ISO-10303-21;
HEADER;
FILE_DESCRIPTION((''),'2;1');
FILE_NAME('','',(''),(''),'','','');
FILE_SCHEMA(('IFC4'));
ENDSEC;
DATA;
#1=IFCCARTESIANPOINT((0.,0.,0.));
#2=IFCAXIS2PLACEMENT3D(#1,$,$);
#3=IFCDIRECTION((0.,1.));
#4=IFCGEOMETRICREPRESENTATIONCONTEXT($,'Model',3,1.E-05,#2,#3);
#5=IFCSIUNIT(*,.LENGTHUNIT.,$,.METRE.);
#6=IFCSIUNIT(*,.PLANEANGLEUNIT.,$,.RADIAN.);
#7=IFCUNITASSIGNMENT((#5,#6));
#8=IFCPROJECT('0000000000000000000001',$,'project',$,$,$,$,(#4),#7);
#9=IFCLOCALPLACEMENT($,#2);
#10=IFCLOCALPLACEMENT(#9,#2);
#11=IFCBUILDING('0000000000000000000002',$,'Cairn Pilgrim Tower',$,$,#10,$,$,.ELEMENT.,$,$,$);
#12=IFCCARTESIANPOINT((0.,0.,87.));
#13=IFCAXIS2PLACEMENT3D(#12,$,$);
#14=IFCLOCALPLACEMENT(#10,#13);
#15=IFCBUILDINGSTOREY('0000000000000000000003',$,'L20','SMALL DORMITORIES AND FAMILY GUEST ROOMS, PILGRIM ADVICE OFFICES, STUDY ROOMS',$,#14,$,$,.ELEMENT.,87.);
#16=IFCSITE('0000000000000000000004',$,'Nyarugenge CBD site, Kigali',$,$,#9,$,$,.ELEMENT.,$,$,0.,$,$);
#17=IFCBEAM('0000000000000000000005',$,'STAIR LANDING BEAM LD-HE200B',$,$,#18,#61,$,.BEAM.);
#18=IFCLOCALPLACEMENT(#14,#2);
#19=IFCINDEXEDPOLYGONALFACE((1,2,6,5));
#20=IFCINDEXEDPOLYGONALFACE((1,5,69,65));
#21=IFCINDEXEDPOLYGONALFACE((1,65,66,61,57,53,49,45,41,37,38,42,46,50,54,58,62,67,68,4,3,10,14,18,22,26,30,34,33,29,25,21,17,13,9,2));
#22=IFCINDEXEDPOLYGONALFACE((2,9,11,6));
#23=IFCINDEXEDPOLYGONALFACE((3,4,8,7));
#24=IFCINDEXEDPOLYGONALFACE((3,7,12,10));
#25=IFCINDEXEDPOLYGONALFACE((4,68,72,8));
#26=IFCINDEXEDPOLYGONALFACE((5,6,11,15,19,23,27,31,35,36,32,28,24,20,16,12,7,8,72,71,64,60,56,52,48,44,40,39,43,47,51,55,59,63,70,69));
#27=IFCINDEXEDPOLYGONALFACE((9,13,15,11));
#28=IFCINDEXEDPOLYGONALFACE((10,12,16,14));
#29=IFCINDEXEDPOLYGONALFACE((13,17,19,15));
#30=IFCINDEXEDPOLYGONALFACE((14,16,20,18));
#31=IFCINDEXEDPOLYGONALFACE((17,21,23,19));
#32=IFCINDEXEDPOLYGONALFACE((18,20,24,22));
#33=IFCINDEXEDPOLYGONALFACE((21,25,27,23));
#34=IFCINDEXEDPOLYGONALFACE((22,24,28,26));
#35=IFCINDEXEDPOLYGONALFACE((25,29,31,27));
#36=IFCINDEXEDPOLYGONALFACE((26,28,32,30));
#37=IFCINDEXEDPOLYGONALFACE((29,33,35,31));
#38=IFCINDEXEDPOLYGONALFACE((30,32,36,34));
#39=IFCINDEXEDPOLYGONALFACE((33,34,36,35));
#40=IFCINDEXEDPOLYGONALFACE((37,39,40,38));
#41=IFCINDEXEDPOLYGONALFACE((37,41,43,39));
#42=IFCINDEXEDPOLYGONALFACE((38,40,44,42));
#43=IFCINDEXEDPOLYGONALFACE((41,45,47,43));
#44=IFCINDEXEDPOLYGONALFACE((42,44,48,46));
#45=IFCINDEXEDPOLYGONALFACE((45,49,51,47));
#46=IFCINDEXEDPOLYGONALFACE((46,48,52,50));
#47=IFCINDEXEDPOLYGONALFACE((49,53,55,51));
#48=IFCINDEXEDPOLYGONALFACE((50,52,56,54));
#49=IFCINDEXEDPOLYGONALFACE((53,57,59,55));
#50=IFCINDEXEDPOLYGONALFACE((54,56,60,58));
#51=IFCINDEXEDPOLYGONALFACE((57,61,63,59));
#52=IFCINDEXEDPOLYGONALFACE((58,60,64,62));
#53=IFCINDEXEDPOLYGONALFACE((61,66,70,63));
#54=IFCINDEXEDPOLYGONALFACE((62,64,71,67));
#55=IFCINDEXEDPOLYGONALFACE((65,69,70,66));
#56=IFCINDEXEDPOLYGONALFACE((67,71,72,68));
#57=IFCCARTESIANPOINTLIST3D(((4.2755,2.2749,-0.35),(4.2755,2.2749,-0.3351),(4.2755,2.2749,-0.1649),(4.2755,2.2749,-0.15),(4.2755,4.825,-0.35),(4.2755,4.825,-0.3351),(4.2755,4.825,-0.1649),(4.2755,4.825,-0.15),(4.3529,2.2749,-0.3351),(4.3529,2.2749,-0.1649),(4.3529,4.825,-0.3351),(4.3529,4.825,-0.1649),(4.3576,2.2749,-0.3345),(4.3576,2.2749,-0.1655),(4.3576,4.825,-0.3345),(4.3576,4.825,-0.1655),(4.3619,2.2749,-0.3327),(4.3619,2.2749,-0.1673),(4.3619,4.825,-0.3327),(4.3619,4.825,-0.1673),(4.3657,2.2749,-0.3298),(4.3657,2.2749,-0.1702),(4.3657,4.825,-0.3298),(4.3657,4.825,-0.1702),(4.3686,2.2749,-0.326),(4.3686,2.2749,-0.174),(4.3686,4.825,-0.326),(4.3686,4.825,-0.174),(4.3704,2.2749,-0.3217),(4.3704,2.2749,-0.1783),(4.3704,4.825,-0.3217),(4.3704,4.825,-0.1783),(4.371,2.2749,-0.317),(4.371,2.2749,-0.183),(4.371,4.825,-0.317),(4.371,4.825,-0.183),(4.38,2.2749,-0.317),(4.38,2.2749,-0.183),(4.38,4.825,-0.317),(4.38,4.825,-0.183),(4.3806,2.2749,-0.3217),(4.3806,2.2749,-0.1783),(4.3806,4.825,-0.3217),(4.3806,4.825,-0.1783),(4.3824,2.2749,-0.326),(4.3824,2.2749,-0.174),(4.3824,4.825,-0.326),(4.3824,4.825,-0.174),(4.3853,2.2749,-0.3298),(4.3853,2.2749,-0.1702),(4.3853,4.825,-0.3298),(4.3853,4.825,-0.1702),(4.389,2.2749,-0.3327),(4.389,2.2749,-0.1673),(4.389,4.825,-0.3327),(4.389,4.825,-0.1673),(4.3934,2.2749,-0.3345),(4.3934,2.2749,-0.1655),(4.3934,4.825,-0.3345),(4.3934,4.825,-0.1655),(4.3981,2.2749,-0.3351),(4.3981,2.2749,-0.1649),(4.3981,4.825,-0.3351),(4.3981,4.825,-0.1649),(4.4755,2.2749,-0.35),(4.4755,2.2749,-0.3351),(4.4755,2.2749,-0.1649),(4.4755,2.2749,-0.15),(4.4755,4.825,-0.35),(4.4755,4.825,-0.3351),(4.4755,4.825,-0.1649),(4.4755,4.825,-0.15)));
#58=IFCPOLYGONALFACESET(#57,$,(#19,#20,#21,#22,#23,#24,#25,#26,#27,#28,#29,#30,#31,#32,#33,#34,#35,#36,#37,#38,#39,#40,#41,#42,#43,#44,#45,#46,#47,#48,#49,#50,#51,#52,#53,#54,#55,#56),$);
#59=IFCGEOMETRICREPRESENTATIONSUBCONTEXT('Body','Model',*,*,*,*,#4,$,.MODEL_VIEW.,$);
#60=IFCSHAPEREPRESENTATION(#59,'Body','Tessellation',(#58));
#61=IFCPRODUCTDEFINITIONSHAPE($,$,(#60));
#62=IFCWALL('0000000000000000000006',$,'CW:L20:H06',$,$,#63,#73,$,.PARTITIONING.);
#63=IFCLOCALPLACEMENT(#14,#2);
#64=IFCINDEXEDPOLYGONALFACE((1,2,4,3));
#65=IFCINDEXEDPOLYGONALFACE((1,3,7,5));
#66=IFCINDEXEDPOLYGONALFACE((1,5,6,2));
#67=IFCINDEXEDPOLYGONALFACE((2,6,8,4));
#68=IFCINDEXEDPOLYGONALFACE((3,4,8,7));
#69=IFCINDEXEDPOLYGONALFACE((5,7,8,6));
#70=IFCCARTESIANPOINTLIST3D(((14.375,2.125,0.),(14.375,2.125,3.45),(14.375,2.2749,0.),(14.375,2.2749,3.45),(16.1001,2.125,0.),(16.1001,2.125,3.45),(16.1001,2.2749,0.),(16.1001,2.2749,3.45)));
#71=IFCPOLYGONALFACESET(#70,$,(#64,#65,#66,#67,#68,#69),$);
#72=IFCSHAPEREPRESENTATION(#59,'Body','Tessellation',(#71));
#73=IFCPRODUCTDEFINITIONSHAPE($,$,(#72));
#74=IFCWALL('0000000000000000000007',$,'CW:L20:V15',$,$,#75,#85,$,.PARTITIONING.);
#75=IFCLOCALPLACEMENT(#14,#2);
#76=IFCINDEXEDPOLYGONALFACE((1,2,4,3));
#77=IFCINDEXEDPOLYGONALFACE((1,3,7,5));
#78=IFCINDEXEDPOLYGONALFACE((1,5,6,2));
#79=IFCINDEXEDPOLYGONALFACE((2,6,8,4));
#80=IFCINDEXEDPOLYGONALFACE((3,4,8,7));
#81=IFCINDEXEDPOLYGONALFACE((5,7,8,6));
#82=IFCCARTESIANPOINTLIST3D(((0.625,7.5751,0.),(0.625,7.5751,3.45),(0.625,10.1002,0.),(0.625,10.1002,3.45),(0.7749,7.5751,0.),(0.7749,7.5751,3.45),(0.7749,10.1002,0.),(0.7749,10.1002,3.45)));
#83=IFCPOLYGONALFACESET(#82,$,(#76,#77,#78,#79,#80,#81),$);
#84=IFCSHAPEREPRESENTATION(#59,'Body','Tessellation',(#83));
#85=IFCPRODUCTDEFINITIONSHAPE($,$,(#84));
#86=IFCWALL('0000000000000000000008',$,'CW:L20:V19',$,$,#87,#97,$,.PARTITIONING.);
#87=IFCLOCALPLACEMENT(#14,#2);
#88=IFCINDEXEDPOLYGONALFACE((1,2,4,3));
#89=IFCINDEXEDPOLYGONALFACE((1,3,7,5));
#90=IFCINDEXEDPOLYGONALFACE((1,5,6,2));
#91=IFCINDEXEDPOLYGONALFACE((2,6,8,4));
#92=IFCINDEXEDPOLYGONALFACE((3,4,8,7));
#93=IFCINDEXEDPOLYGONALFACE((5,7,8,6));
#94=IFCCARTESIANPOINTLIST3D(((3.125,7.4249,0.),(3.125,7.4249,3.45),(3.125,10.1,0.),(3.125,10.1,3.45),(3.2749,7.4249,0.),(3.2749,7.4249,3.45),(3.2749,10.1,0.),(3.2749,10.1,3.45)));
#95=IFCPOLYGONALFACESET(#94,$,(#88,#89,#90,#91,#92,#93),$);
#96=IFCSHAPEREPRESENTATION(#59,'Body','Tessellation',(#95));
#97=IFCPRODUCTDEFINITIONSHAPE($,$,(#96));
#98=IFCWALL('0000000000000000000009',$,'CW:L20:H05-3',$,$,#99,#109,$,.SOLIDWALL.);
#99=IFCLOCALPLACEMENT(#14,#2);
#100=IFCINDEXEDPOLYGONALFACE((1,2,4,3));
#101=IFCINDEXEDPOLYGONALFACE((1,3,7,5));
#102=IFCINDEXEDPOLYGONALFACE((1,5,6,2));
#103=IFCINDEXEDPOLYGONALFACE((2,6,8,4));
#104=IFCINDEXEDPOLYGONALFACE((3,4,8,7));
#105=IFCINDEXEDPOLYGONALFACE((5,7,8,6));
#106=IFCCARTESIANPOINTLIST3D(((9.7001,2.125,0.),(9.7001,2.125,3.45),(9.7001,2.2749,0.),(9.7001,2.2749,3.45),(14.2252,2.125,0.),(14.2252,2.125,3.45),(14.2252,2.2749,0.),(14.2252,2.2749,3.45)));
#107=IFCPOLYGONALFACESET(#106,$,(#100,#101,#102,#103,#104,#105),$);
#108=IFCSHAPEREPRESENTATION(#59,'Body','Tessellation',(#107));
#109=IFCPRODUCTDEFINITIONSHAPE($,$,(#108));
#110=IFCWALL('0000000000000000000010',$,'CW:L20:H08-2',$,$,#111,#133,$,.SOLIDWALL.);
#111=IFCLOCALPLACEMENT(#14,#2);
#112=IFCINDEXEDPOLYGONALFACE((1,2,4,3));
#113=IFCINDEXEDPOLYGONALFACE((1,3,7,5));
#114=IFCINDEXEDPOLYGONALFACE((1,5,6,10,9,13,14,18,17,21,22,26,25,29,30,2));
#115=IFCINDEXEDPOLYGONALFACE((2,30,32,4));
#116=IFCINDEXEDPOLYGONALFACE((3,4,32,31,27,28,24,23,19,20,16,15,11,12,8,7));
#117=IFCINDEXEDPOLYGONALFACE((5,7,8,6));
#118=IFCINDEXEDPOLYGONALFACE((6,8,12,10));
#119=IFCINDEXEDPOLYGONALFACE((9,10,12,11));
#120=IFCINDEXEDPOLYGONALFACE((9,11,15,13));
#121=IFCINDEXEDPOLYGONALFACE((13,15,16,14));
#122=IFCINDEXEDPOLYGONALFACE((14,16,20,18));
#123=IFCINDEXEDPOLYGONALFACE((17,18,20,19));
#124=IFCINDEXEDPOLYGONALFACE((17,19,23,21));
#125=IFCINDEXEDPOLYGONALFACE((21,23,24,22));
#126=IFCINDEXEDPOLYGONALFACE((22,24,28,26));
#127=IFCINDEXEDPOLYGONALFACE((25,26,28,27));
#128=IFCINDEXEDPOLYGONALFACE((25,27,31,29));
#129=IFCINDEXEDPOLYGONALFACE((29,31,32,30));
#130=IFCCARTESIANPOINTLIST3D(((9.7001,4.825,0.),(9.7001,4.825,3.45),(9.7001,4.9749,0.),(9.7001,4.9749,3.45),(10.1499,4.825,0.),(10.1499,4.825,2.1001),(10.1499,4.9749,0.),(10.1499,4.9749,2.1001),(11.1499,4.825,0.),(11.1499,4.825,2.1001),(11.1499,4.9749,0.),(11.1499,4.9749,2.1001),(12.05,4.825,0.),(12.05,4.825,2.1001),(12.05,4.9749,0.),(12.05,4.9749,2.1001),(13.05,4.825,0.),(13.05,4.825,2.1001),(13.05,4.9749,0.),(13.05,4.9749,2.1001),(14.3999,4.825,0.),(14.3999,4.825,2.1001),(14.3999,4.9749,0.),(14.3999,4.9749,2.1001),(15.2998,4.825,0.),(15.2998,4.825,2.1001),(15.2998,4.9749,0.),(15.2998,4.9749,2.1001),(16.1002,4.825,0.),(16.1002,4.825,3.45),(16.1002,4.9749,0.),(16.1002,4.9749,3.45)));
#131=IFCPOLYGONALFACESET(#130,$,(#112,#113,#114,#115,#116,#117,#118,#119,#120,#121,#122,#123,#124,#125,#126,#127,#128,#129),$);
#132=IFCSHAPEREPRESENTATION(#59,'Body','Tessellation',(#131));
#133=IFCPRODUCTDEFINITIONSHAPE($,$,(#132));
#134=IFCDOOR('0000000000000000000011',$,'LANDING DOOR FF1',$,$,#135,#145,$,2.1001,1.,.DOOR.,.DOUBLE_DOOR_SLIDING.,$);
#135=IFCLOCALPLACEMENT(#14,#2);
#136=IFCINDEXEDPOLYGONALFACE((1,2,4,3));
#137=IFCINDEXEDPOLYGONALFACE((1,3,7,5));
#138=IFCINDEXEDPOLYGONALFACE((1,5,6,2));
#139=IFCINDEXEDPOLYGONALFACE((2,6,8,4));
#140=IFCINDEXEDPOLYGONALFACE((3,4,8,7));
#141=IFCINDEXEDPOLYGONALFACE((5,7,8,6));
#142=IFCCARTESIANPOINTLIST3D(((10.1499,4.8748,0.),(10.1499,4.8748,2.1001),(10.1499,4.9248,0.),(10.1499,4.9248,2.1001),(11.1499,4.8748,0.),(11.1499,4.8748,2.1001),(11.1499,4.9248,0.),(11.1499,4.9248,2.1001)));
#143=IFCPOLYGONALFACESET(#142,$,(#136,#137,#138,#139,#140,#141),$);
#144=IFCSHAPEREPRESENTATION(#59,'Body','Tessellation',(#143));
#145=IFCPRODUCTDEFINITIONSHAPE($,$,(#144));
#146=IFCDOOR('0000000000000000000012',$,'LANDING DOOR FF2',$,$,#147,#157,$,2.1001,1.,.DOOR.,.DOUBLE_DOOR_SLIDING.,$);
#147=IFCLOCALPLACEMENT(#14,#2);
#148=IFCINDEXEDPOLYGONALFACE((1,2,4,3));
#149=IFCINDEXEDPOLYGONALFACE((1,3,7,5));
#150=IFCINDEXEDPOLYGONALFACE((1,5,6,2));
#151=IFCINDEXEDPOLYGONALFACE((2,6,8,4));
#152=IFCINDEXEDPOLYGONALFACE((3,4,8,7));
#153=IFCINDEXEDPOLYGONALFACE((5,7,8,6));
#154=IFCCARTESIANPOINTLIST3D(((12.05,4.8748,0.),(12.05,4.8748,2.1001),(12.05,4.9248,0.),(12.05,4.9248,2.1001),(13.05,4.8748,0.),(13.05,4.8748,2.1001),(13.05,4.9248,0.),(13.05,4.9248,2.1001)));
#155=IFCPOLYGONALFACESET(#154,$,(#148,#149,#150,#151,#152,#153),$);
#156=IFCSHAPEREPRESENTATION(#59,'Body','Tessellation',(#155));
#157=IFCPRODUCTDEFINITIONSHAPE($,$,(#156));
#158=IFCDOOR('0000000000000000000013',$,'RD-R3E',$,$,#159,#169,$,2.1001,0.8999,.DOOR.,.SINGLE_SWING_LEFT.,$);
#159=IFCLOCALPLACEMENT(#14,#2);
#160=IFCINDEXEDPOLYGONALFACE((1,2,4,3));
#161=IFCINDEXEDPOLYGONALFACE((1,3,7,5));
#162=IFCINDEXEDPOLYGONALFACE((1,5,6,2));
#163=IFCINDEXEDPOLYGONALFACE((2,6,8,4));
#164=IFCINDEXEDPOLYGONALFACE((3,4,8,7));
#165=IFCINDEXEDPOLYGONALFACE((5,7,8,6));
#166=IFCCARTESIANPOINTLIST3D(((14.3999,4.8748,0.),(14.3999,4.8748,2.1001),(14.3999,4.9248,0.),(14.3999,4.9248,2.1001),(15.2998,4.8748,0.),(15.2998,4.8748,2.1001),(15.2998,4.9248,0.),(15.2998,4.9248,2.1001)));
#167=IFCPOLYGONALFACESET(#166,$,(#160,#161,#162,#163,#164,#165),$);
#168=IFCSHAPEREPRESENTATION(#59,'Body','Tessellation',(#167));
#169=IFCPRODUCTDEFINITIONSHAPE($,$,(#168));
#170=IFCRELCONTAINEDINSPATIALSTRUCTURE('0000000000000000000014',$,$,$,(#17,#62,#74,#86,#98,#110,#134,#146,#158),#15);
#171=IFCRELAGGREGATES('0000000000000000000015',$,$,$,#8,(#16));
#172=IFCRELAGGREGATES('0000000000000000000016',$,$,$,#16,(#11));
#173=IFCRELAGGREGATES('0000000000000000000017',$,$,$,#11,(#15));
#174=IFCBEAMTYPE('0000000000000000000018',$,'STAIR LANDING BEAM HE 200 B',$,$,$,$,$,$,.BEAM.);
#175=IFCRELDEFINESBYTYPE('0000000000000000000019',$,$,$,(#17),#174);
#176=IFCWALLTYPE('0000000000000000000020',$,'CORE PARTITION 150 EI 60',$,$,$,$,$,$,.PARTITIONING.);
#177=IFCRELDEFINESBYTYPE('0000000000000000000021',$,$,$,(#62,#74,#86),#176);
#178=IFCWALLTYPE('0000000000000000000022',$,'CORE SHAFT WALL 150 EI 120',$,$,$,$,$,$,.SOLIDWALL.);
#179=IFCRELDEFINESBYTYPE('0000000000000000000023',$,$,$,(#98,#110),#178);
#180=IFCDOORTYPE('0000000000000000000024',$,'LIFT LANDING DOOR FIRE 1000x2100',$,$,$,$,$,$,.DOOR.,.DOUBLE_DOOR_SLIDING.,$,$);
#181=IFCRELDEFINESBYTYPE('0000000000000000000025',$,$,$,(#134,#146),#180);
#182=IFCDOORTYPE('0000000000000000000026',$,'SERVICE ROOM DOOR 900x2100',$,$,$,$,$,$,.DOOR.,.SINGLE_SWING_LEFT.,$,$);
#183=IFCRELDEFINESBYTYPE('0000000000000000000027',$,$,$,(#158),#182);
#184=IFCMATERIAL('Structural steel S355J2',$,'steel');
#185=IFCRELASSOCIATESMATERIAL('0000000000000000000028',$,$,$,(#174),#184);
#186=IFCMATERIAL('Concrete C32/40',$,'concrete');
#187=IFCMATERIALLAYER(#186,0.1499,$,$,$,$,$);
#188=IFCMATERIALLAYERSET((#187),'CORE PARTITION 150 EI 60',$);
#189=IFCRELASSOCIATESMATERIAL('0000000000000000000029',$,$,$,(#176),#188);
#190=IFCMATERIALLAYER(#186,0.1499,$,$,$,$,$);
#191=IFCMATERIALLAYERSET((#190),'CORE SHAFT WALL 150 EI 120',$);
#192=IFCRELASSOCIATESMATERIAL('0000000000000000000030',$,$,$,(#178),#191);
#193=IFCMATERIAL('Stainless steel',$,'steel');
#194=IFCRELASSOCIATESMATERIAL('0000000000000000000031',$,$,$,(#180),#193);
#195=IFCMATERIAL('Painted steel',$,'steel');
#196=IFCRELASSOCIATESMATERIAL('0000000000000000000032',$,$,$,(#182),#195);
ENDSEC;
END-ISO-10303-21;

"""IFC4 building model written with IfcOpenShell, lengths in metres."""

from ifc_helpers import new_model, si_unit, direction, frame, frame_2d, origin, origin_2d, place, context, subcontext, project, spatial, rectangle, i_section, extrude, material, layer, layer_set, material_profile, profile_set, type_object, element, fill, save


model = new_model("IFC4")

# Units and contexts
model_context = context("Model", 3, precision=1e-05, world=origin(), true_north=direction((0.0, 1.0)))
body_context = subcontext(model_context, "Body", "Model", "MODEL_VIEW")
ifc_project = project(units=[si_unit("LENGTHUNIT", "METRE"), si_unit("PLANEANGLEUNIT", "RADIAN")], contexts=[model_context])

# Site, building, storey
site_placement = place(None, origin())
site = spatial("IfcSite", under=ifc_project, at=site_placement, Name="Nyarugenge CBD site, Kigali", CompositionType="ELEMENT", RefElevation=0.0)
building_placement = place(site_placement, origin())
building = spatial("IfcBuilding", under=site, at=building_placement, Name="Cairn Pilgrim Tower", CompositionType="ELEMENT")
storey_placement = place(building_placement, frame((0.0, 0.0, 87.0)))
storey = spatial("IfcBuildingStorey", under=building, at=storey_placement, Name="L20", Description="SMALL DORMITORIES AND FAMILY GUEST ROOMS, PILGRIM ADVICE OFFICES, STUDY ROOMS", CompositionType="ELEMENT", Elevation=87.0)

# Beam
ifc_material_1 = material(Name="Structural steel S355J2", Category="steel")
ifc_material_profile = material_profile(ifc_material_1, i_section(OverallWidth=0.2, OverallDepth=0.2, WebThickness=0.009, FlangeThickness=0.0149, FilletRadius=0.0181, at=origin_2d()), Name="HE 200 B")
ifc_profile_set = profile_set([ifc_material_profile], Name="Structural steel S355J2")
beam_type = type_object("IfcBeamType", Name="STAIR LANDING BEAM HE 200 B", PredefinedType="BEAM", material=ifc_profile_set)
beam_placement = place(storey_placement, frame((4.3755, 2.2749, -0.25), z_axis=(0.0, 1.0, 0.0), x_axis=(-1.0, 0.0, 0.0)))
element("IfcBeam", 1, at=beam_placement, inside=storey, type_object=beam_type, Name="STAIR LANDING BEAM LD-HE200B", PredefinedType="BEAM", context=body_context, shape_type="SweptSolid", body=[
    extrude(i_section(OverallWidth=0.2, OverallDepth=0.2, WebThickness=0.009, FlangeThickness=0.0149, FilletRadius=0.0181, at=origin_2d()), origin(), (0.0, 0.0, 1.0), 2.55),
])

# Walls
ifc_material_2 = material(Name="Concrete C32/40", Category="concrete")
ifc_layer_1 = layer(ifc_material_2, 0.1499)
ifc_layer_set_1 = layer_set([ifc_layer_1], Name="CORE PARTITION 150 EI 60")
wall_type_1 = type_object("IfcWallType", Name="CORE PARTITION 150 EI 60", PredefinedType="PARTITIONING", material=ifc_layer_set_1)
wall_1_placement = place(storey_placement, frame((14.375, 2.2, 0.0), z_axis=(0.0, 0.0, 1.0), x_axis=(1.0, 0.0, 0.0)))
element("IfcWall", 2, at=wall_1_placement, inside=storey, type_object=wall_type_1, Name="CW:L20:H06", PredefinedType="PARTITIONING", context=body_context, shape_type="SweptSolid", body=[
    extrude(rectangle(XDim=1.7251, YDim=0.1499, at=frame_2d((0.8625, 0.0))), origin(), (0.0, 0.0, 1.0), 3.45),
])
wall_2_placement = place(storey_placement, frame((0.7, 7.575, 0.0), z_axis=(0.0, 0.0, 1.0), x_axis=(0.0, 1.0, 0.0)))
element("IfcWall", 3, at=wall_2_placement, inside=storey, type_object=wall_type_1, Name="CW:L20:V15", PredefinedType="PARTITIONING", context=body_context, shape_type="SweptSolid", body=[
    extrude(rectangle(XDim=2.5251, YDim=0.1499, at=frame_2d((1.2627, 0.0))), origin(), (0.0, 0.0, 1.0), 3.45),
])
wall_3_placement = place(storey_placement, frame((3.2, 7.425, 0.0), z_axis=(0.0, 0.0, 1.0), x_axis=(0.0, 1.0, 0.0)))
element("IfcWall", 4, at=wall_3_placement, inside=storey, type_object=wall_type_1, Name="CW:L20:V19", PredefinedType="PARTITIONING", context=body_context, shape_type="SweptSolid", body=[
    extrude(rectangle(XDim=2.675, YDim=0.1499, at=frame_2d((1.3374, 0.0))), origin(), (0.0, 0.0, 1.0), 3.45),
])
ifc_layer_2 = layer(ifc_material_2, 0.1499)
ifc_layer_set_2 = layer_set([ifc_layer_2], Name="CORE SHAFT WALL 150 EI 120")
wall_type_2 = type_object("IfcWallType", Name="CORE SHAFT WALL 150 EI 120", PredefinedType="SOLIDWALL", material=ifc_layer_set_2)
wall_4_placement = place(storey_placement, frame((9.7, 2.2, 0.0), z_axis=(0.0, 0.0, 1.0), x_axis=(1.0, 0.0, 0.0)))
element("IfcWall", 5, at=wall_4_placement, inside=storey, type_object=wall_type_2, Name="CW:L20:H05-3", PredefinedType="SOLIDWALL", context=body_context, shape_type="SweptSolid", body=[
    extrude(rectangle(XDim=4.5251, YDim=0.1499, at=frame_2d((2.2627, 0.0))), origin(), (0.0, 0.0, 1.0), 3.45),
])

# Wall, openings, doors
wall_5_placement = place(storey_placement, frame((9.7, 4.8999, 0.0), z_axis=(0.0, 0.0, 1.0), x_axis=(1.0, 0.0, 0.0)))
wall_5 = element("IfcWall", 6, at=wall_5_placement, inside=storey, type_object=wall_type_2, Name="CW:L20:H08-2", PredefinedType="SOLIDWALL", context=body_context, shape_type="SweptSolid", body=[
    extrude(rectangle(XDim=6.4001, YDim=0.1499, at=frame_2d((3.2002, 0.0))), origin(), (0.0, 0.0, 1.0), 3.45),
])
opening_1_placement = place(wall_5_placement, frame((0.45, 0.0, 0.0)))
opening_1 = element("IfcOpeningElement", 7, at=opening_1_placement, cuts=wall_5, PredefinedType="OPENING", context=body_context, shape_type="SweptSolid", body=[
    extrude(rectangle(XDim=1.0, YDim=2.1001, at=frame_2d((0.5, 1.05))), frame((0.0, 0.085, 0.0), z_axis=(0.0, -1.0, 0.0), x_axis=(1.0, 0.0, 0.0)), (0.0, 0.0, 1.0), 0.1699),
])
opening_2_placement = place(wall_5_placement, frame((2.3501, 0.0, 0.0)))
opening_2 = element("IfcOpeningElement", 8, at=opening_2_placement, cuts=wall_5, PredefinedType="OPENING", context=body_context, shape_type="SweptSolid", body=[
    extrude(rectangle(XDim=1.0, YDim=2.1001, at=frame_2d((0.5, 1.05))), frame((0.0, 0.085, 0.0), z_axis=(0.0, -1.0, 0.0), x_axis=(1.0, 0.0, 0.0)), (0.0, 0.0, 1.0), 0.1699),
])
opening_3_placement = place(wall_5_placement, frame((4.7, 0.0, 0.0)))
opening_3 = element("IfcOpeningElement", 9, at=opening_3_placement, cuts=wall_5, PredefinedType="OPENING", context=body_context, shape_type="SweptSolid", body=[
    extrude(rectangle(XDim=0.8999, YDim=2.1001, at=frame_2d((0.45, 1.05))), frame((0.0, 0.085, 0.0), z_axis=(0.0, -1.0, 0.0), x_axis=(1.0, 0.0, 0.0)), (0.0, 0.0, 1.0), 0.1699),
])
ifc_material_3 = material(Name="Stainless steel", Category="steel")
door_type_1 = type_object("IfcDoorType", Name="LIFT LANDING DOOR FIRE 1000x2100", OperationType="DOUBLE_DOOR_SLIDING", PredefinedType="DOOR", material=ifc_material_3)
door_1_placement = place(opening_1_placement, origin())
door_1 = element("IfcDoor", 10, at=door_1_placement, inside=storey, type_object=door_type_1, Name="LANDING DOOR FF1", OperationType="DOUBLE_DOOR_SLIDING", OverallHeight=2.1001, OverallWidth=1.0, PredefinedType="DOOR", context=body_context, shape_type="SweptSolid", body=[
    extrude(rectangle(XDim=1.0, YDim=2.1001, at=frame_2d((0.5, 1.05))), frame((0.0, 0.0249, 0.0), z_axis=(0.0, -1.0, 0.0), x_axis=(1.0, 0.0, 0.0)), (0.0, 0.0, 1.0), 0.05),
])
fill(opening_1, door_1)
door_2_placement = place(opening_2_placement, origin())
door_2 = element("IfcDoor", 11, at=door_2_placement, inside=storey, type_object=door_type_1, Name="LANDING DOOR FF2", OperationType="DOUBLE_DOOR_SLIDING", OverallHeight=2.1001, OverallWidth=1.0, PredefinedType="DOOR", context=body_context, shape_type="SweptSolid", body=[
    extrude(rectangle(XDim=1.0, YDim=2.1001, at=frame_2d((0.5, 1.05))), frame((0.0, 0.0249, 0.0), z_axis=(0.0, -1.0, 0.0), x_axis=(1.0, 0.0, 0.0)), (0.0, 0.0, 1.0), 0.05),
])
fill(opening_2, door_2)
ifc_material_4 = material(Name="Painted steel", Category="steel")
door_type_2 = type_object("IfcDoorType", Name="SERVICE ROOM DOOR 900x2100", OperationType="SINGLE_SWING_LEFT", PredefinedType="DOOR", material=ifc_material_4)
door_3_placement = place(opening_3_placement, origin())
door_3 = element("IfcDoor", 12, at=door_3_placement, inside=storey, type_object=door_type_2, Name="RD-R3E", OperationType="SINGLE_SWING_LEFT", OverallHeight=2.1001, OverallWidth=0.8999, PredefinedType="DOOR", context=body_context, shape_type="SweptSolid", body=[
    extrude(rectangle(XDim=0.8999, YDim=2.1001, at=frame_2d((0.45, 1.05))), frame((0.0, 0.0249, 0.0), z_axis=(0.0, -1.0, 0.0), x_axis=(1.0, 0.0, 0.0)), (0.0, 0.0, 1.0), 0.05),
])
fill(opening_3, door_3)

save(model, "model.ifc")
